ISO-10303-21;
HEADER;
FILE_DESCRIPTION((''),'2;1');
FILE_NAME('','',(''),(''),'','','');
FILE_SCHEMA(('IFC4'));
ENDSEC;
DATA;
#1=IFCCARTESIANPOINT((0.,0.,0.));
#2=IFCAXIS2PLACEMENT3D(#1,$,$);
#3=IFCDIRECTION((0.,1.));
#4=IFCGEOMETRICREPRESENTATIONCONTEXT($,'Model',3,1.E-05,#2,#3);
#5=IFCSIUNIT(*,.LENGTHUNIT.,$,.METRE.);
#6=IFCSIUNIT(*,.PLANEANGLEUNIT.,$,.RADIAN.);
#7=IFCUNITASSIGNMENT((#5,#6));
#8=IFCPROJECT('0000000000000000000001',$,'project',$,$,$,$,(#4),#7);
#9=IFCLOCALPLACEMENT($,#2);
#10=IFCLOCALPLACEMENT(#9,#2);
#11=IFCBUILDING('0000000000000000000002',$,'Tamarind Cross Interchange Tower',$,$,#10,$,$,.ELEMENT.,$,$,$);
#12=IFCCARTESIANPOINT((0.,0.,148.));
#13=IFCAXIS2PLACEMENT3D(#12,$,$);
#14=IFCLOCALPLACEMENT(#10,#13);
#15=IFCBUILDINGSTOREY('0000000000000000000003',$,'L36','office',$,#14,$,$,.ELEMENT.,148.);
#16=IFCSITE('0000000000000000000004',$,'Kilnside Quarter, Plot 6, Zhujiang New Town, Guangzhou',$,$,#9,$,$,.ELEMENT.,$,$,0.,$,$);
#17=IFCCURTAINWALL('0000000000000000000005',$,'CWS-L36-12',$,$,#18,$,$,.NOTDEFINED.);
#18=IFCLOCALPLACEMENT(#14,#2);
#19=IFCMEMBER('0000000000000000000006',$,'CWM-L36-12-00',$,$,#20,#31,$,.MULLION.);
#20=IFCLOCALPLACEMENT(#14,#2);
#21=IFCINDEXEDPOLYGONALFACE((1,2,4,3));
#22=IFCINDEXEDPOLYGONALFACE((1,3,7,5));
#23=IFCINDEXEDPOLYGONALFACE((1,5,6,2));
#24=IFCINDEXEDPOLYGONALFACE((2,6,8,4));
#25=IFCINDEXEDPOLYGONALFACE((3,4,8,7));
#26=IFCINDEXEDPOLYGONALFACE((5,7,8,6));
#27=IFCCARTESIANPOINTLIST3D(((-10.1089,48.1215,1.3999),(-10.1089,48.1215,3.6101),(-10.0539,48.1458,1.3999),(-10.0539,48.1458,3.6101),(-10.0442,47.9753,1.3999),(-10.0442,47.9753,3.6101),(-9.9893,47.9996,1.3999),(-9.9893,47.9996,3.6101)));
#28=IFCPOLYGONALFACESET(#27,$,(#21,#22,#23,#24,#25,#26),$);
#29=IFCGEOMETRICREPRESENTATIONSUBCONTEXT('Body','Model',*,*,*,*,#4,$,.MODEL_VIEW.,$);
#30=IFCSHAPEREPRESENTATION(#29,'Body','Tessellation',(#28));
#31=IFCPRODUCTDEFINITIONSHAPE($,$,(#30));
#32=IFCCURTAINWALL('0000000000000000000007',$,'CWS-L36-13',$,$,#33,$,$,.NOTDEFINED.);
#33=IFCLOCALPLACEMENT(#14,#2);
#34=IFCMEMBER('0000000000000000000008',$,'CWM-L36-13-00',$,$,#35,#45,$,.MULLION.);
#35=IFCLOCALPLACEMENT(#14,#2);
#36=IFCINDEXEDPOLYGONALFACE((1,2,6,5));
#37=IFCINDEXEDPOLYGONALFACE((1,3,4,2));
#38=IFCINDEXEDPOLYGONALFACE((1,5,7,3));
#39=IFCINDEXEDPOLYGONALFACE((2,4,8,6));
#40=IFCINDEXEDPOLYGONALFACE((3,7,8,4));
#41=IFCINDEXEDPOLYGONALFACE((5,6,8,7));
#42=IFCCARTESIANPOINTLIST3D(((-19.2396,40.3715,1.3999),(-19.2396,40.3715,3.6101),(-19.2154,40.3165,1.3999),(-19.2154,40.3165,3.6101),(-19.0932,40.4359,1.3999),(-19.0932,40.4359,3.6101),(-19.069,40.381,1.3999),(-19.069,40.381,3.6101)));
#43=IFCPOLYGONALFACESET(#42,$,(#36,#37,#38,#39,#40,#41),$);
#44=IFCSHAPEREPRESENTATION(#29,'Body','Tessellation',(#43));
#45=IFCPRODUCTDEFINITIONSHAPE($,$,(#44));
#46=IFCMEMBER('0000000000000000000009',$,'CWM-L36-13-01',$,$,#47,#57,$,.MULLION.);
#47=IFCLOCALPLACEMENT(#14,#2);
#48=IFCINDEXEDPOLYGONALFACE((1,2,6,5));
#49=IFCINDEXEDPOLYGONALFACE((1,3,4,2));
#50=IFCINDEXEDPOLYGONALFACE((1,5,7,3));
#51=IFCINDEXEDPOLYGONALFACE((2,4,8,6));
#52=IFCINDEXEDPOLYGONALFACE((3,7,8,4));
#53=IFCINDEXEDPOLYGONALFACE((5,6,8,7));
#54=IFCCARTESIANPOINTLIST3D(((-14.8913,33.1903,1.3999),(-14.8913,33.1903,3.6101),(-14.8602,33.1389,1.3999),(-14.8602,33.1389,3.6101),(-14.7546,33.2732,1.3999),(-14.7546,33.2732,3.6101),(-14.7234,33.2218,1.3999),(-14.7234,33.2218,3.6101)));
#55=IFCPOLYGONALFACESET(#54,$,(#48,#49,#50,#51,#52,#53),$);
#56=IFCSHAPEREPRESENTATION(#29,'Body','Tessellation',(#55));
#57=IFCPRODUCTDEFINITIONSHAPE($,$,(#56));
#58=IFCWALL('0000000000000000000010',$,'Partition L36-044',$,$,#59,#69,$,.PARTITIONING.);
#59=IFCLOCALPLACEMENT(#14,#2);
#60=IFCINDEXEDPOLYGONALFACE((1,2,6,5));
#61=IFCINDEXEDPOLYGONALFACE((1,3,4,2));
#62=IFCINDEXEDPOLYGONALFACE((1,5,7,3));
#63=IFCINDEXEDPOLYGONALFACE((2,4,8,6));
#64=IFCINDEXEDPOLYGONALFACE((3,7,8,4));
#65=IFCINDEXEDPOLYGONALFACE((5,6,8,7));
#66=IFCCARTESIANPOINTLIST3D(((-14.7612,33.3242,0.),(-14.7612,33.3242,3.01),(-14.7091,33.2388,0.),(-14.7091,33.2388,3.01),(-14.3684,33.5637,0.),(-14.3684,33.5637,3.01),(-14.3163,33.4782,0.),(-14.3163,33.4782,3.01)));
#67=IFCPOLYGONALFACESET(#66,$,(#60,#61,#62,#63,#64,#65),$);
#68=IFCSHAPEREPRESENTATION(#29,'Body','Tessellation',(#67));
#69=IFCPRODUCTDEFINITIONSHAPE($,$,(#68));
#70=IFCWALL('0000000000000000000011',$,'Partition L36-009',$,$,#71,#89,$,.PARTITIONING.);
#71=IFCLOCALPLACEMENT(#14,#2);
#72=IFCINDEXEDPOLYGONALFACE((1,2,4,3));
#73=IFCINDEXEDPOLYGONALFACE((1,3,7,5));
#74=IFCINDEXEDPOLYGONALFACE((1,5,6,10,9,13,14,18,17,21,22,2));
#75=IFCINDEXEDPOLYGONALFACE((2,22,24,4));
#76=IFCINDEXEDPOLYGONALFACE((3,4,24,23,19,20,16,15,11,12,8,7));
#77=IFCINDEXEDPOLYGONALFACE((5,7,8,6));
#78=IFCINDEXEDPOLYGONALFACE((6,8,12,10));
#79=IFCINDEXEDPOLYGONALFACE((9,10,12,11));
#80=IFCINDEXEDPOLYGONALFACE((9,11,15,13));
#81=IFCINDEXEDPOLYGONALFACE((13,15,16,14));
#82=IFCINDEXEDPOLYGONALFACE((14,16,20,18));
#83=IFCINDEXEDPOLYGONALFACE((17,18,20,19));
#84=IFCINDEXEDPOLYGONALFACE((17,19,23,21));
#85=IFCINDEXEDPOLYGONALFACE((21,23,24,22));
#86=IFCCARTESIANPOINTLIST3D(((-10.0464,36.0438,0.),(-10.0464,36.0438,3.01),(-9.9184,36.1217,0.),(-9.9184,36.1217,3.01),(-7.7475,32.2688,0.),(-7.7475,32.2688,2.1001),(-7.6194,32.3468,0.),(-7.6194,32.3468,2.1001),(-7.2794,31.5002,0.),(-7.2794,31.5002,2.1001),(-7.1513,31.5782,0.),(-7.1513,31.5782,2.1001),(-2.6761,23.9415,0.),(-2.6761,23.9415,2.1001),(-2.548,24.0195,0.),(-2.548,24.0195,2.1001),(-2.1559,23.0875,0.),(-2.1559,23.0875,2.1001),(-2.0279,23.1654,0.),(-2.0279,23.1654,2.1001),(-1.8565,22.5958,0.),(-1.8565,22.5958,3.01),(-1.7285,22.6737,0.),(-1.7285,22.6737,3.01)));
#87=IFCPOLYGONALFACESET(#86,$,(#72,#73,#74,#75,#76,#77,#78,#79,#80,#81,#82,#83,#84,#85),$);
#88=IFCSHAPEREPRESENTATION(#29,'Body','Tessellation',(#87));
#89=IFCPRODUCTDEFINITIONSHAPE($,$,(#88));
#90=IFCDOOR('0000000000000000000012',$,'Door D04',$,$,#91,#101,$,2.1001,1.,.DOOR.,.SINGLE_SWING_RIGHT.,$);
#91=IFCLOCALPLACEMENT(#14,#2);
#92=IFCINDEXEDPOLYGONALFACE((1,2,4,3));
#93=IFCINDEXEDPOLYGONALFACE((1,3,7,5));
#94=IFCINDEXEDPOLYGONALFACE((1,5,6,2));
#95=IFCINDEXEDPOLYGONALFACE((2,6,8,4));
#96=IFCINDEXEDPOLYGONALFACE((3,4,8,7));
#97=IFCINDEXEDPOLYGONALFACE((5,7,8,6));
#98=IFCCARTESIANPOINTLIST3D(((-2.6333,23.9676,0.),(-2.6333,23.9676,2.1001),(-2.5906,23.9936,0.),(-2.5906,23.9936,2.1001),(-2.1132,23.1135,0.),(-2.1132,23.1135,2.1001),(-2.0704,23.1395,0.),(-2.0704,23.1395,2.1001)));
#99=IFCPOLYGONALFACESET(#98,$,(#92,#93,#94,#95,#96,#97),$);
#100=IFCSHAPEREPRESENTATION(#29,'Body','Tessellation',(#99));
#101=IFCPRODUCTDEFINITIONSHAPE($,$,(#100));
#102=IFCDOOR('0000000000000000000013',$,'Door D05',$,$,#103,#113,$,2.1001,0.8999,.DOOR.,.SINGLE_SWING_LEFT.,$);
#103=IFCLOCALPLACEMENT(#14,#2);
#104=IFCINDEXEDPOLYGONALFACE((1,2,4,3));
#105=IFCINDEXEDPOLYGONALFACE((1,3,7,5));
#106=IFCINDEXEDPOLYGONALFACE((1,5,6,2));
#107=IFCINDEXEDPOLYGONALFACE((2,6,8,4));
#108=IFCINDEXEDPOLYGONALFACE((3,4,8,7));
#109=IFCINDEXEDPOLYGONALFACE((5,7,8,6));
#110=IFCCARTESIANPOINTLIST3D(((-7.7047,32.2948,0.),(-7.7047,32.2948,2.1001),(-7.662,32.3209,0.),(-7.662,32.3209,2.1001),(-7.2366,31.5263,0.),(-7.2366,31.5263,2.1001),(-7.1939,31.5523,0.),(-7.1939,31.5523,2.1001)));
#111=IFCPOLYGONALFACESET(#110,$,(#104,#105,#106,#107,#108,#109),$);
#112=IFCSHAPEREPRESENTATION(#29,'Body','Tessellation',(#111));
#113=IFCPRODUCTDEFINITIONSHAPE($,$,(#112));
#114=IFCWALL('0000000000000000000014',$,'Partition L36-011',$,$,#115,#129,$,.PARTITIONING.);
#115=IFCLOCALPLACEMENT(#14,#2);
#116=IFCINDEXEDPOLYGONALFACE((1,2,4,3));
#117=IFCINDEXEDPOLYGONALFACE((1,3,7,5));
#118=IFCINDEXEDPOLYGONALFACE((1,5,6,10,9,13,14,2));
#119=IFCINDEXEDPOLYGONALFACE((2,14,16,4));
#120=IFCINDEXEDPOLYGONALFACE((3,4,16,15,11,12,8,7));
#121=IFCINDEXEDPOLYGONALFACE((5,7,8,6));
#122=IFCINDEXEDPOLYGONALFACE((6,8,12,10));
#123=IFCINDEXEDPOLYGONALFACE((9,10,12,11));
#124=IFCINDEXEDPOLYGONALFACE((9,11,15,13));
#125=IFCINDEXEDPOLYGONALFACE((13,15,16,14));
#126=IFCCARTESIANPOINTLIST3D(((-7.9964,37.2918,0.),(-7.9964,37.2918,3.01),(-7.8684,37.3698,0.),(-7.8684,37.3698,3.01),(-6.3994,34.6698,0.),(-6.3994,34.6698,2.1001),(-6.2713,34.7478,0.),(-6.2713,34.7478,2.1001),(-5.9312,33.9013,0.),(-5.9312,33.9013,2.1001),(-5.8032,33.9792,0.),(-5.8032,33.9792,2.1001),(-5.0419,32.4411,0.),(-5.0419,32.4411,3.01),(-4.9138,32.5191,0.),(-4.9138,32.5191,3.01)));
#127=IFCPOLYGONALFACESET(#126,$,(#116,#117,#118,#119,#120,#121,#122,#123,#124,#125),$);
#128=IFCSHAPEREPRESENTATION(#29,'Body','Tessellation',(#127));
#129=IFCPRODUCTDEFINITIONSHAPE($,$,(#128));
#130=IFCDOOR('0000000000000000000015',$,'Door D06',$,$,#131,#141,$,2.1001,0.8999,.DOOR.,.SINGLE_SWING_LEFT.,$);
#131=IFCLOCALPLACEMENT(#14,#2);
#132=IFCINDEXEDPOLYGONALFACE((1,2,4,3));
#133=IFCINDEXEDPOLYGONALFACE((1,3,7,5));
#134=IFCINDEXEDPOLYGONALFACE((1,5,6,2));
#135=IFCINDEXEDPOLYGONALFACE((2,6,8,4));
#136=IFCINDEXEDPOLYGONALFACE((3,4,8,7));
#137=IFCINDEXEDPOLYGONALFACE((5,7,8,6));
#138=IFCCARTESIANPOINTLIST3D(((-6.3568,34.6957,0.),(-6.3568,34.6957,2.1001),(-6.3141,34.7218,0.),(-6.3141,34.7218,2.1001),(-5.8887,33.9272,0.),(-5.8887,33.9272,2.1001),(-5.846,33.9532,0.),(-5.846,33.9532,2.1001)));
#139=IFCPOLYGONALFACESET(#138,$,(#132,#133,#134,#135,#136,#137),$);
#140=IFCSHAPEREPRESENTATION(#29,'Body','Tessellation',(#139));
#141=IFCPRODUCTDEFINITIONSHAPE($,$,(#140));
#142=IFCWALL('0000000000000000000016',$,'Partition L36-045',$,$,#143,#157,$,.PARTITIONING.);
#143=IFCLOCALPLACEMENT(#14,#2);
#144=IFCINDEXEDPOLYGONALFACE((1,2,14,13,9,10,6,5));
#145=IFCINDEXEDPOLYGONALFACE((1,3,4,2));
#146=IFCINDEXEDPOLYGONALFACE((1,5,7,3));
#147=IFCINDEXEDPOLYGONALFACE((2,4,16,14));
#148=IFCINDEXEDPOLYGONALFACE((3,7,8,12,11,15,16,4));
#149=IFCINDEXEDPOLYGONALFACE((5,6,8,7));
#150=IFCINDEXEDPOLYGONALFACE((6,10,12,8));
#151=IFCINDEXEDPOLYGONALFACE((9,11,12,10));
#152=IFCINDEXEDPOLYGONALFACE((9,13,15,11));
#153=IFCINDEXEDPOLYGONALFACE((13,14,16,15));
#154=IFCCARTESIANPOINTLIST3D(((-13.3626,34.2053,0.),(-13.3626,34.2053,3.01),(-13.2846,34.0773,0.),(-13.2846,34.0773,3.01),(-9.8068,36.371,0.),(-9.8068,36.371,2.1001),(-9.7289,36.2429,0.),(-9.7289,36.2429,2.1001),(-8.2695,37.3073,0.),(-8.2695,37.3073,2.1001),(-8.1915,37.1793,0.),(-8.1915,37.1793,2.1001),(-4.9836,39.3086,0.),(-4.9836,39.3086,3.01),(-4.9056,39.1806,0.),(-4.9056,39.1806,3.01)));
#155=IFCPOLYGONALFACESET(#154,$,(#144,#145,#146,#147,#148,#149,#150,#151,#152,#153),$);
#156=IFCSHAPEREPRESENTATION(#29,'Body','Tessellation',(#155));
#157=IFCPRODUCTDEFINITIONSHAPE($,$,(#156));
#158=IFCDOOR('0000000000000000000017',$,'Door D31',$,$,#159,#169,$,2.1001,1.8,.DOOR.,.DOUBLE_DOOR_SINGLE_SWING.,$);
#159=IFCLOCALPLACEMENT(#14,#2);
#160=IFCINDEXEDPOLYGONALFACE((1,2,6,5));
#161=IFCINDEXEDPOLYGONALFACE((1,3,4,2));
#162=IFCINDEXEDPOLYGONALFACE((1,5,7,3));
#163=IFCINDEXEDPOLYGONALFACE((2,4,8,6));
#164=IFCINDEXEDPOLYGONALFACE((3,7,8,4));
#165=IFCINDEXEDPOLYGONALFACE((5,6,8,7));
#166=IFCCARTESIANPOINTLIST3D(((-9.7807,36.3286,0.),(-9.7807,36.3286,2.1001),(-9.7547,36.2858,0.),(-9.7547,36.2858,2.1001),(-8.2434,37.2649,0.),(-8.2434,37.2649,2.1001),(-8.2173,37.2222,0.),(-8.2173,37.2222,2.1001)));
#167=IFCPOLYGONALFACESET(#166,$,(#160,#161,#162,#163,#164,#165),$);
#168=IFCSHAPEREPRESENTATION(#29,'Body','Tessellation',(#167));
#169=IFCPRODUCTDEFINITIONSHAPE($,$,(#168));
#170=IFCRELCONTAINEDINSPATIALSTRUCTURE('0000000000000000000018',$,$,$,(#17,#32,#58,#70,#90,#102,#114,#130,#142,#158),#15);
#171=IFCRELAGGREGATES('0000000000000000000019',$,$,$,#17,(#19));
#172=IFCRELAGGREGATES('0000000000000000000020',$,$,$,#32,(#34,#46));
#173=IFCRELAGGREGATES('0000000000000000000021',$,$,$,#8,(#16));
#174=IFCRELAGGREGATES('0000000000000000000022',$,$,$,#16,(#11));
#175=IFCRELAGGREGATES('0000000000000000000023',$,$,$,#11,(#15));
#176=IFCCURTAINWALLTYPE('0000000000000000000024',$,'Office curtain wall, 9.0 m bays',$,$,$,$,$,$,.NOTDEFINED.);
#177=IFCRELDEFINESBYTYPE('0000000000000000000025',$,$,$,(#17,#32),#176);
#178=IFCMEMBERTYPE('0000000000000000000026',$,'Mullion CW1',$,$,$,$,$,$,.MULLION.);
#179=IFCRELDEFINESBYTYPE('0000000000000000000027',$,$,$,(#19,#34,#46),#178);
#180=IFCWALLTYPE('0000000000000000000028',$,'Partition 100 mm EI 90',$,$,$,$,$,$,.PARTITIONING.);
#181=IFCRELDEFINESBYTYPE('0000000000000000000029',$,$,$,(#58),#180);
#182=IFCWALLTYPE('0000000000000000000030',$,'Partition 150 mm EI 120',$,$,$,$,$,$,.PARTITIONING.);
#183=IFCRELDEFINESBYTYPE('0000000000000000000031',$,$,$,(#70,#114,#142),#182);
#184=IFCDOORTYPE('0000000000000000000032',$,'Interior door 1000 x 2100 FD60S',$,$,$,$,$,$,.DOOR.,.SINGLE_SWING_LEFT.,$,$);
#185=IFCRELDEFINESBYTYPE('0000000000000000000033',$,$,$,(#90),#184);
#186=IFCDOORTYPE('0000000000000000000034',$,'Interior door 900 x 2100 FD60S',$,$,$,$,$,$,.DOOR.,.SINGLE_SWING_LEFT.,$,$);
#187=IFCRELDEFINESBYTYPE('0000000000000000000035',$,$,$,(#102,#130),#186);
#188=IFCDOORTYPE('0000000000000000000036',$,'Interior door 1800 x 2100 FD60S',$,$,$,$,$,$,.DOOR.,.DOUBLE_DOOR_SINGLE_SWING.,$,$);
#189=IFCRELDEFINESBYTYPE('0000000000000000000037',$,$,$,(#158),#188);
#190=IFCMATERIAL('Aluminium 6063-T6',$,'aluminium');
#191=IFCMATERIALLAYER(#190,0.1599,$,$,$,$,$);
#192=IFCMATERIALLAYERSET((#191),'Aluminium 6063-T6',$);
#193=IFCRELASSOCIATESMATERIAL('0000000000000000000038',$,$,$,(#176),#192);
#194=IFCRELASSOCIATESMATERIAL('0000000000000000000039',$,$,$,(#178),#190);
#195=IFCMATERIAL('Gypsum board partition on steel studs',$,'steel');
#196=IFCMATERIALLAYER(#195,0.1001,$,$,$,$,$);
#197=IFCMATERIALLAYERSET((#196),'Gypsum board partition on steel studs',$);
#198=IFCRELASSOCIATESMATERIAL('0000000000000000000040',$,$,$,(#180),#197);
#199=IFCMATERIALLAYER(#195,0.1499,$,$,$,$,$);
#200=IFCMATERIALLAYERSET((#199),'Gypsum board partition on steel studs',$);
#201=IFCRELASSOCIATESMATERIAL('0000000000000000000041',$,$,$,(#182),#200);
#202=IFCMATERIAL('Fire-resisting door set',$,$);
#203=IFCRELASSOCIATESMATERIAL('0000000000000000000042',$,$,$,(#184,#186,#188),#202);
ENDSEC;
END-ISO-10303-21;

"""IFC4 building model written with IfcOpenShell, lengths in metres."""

from ifc_helpers import new_model, si_unit, direction, frame, frame_2d, origin, origin_2d, place, context, subcontext, project, spatial, rectangle, extrude, material, layer, layer_set, material_profile, profile_set, type_object, element, fill, aggregate, save


model = new_model("IFC4")

# Units and contexts
model_context = context("Model", 3, precision=1e-05, world=origin(), true_north=direction((0.0, 1.0)))
body_context = subcontext(model_context, "Body", "Model", "MODEL_VIEW")
ifc_project = project(units=[si_unit("LENGTHUNIT", "METRE"), si_unit("PLANEANGLEUNIT", "RADIAN")], contexts=[model_context])

# Site, building, storey
site_placement = place(None, origin())
site = spatial("IfcSite", under=ifc_project, at=site_placement, Name="Kilnside Quarter, Plot 6, Zhujiang New Town, Guangzhou", CompositionType="ELEMENT", RefElevation=0.0)
building_placement = place(site_placement, origin())
building = spatial("IfcBuilding", under=site, at=building_placement, Name="Tamarind Cross Interchange Tower", CompositionType="ELEMENT")
storey_placement = place(building_placement, frame((0.0, 0.0, 148.0)))
storey = spatial("IfcBuildingStorey", under=building, at=storey_placement, Name="L36", Description="office", CompositionType="ELEMENT", Elevation=148.0)

# Curtain wall, member
ifc_material_1 = material(Name="Aluminium 6063-T6", Category="aluminium")
ifc_layer_1 = layer(ifc_material_1, 0.1599)
ifc_layer_set_1 = layer_set([ifc_layer_1], Name="Aluminium 6063-T6")
curtain_wall_type = type_object("IfcCurtainWallType", Name="Office curtain wall, 9.0 m bays", PredefinedType="NOTDEFINED", material=ifc_layer_set_1)
ifc_material_profile_1 = material_profile(ifc_material_1, rectangle(XDim=0.0601, YDim=0.1599, at=origin_2d()), Name="Mullion CW1")
ifc_profile_set_1 = profile_set([ifc_material_profile_1], Name="Aluminium 6063-T6")
member_type = type_object("IfcMemberType", Name="Mullion CW1", PredefinedType="MULLION", material=ifc_profile_set_1)
curtain_wall_1_placement = place(storey_placement, origin())
curtain_wall_1 = element("IfcCurtainWall", 1, at=curtain_wall_1_placement, inside=storey, type_object=curtain_wall_type, Name="CWS-L36-12", PredefinedType="NOTDEFINED")
member_1_placement = place(storey_placement, frame((-10.0491, 48.0605, 1.3999), z_axis=(0.0, 0.0, 1.0), x_axis=(-0.914649, -0.404248, 0.0)))
member_1 = element("IfcMember", 2, at=member_1_placement, type_object=member_type, Name="CWM-L36-12-00", PredefinedType="MULLION", context=body_context, shape_type="SweptSolid", body=[
    extrude(rectangle(XDim=0.0601, YDim=0.1599, at=origin_2d()), origin(), (0.0, 0.0, 1.0), 2.2102),
])
aggregate(curtain_wall_1, [member_1])

# Curtain wall, members
curtain_wall_2_placement = place(storey_placement, origin())
curtain_wall_2 = element("IfcCurtainWall", 3, at=curtain_wall_2_placement, inside=storey, type_object=curtain_wall_type, Name="CWS-L36-13", PredefinedType="NOTDEFINED")
member_2_placement = place(storey_placement, frame((-19.1543, 40.3762, 1.3999), z_axis=(0.0, 0.0, 1.0), x_axis=(0.403311, -0.915063, 0.0)))
member_2 = element("IfcMember", 4, at=member_2_placement, type_object=member_type, Name="CWM-L36-13-00", PredefinedType="MULLION", context=body_context, shape_type="SweptSolid", body=[
    extrude(rectangle(XDim=0.0601, YDim=0.1599, at=origin_2d()), origin(), (0.0, 0.0, 1.0), 2.2102),
])
member_3_placement = place(storey_placement, frame((-14.8074, 33.2061, 1.3999), z_axis=(0.0, 0.0, 1.0), x_axis=(0.518425, -0.855123, 0.0)))
member_3 = element("IfcMember", 5, at=member_3_placement, type_object=member_type, Name="CWM-L36-13-01", PredefinedType="MULLION", context=body_context, shape_type="SweptSolid", body=[
    extrude(rectangle(XDim=0.0601, YDim=0.1599, at=origin_2d()), origin(), (0.0, 0.0, 1.0), 2.2102),
])
aggregate(curtain_wall_2, [member_2, member_3])

# Wall
ifc_material_2 = material(Name="Gypsum board partition on steel studs", Category="steel")
ifc_layer_2 = layer(ifc_material_2, 0.1001)
ifc_layer_set_2 = layer_set([ifc_layer_2], Name="Gypsum board partition on steel studs")
wall_type_1 = type_object("IfcWallType", Name="Partition 100 mm EI 90", PredefinedType="PARTITIONING", material=ifc_layer_set_2)
wall_1_placement = place(storey_placement, frame((-14.7351, 33.2815, 0.0), z_axis=(0.0, 0.0, 1.0), x_axis=(0.853819, 0.52057, 0.0)))
element("IfcWall", 6, at=wall_1_placement, inside=storey, type_object=wall_type_1, Name="Partition L36-044", PredefinedType="PARTITIONING", context=body_context, shape_type="SweptSolid", body=[
    extrude(rectangle(XDim=0.46, YDim=0.1001, at=frame_2d((0.23, 0.0))), origin(), (0.0, 0.0, 1.0), 3.01),
])

# Wall, openings, doors
ifc_layer_3 = layer(ifc_material_2, 0.1499)
ifc_layer_set_3 = layer_set([ifc_layer_3], Name="Gypsum board partition on steel studs")
wall_type_2 = type_object("IfcWallType", Name="Partition 150 mm EI 120", PredefinedType="PARTITIONING", material=ifc_layer_set_3)
wall_2_placement = place(storey_placement, frame((-9.9824, 36.0828, 0.0), z_axis=(0.0, 0.0, 1.0), x_axis=(0.520142, -0.85408, 0.0)))
wall_2 = element("IfcWall", 7, at=wall_2_placement, inside=storey, type_object=wall_type_2, Name="Partition L36-009", PredefinedType="PARTITIONING", context=body_context, shape_type="SweptSolid", body=[
    extrude(rectangle(XDim=15.7456, YDim=0.1499, at=frame_2d((7.8728, 0.0))), origin(), (0.0, 0.0, 1.0), 3.01),
])
opening_1_placement = place(wall_2_placement, frame((14.1699, 0.0, 0.0)))
opening_1 = element("IfcOpeningElement", 8, at=opening_1_placement, cuts=wall_2, PredefinedType="OPENING", context=body_context, shape_type="SweptSolid", body=[
    extrude(rectangle(XDim=1.0, YDim=2.1001, at=frame_2d((0.5, 1.05))), frame((0.0, 0.085, 0.0), z_axis=(0.0, -1.0, 0.0), x_axis=(1.0, 0.0, 0.0)), (0.0, 0.0, 1.0), 0.1699),
])
opening_2_placement = place(wall_2_placement, frame((4.4199, 0.0, 0.0)))
opening_2 = element("IfcOpeningElement", 9, at=opening_2_placement, cuts=wall_2, PredefinedType="OPENING", context=body_context, shape_type="SweptSolid", body=[
    extrude(rectangle(XDim=0.8999, YDim=2.1001, at=frame_2d((0.45, 1.05))), frame((0.0, 0.085, 0.0), z_axis=(0.0, -1.0, 0.0), x_axis=(1.0, 0.0, 0.0)), (0.0, 0.0, 1.0), 0.1699),
])
ifc_material_3 = material(Name="Fire-resisting door set")
door_type_1 = type_object("IfcDoorType", Name="Interior door 1000 x 2100 FD60S", OperationType="SINGLE_SWING_LEFT", PredefinedType="DOOR", material=ifc_material_3)
door_1_placement = place(opening_1_placement, frame((1.0, 0.0, 0.0), z_axis=(0.0, 0.0, 1.0), x_axis=(-1.0, 0.0, 0.0)))
door_1 = element("IfcDoor", 10, at=door_1_placement, inside=storey, type_object=door_type_1, Name="Door D04", OperationType="SINGLE_SWING_RIGHT", OverallHeight=2.1001, OverallWidth=1.0, PredefinedType="DOOR", context=body_context, shape_type="SweptSolid", body=[
    extrude(rectangle(XDim=1.0, YDim=2.1001, at=frame_2d((0.5, 1.05))), frame((0.0, 0.0249, 0.0), z_axis=(0.0, -1.0, 0.0), x_axis=(1.0, 0.0, 0.0)), (0.0, 0.0, 1.0), 0.05),
])
fill(opening_1, door_1)
door_type_2 = type_object("IfcDoorType", Name="Interior door 900 x 2100 FD60S", OperationType="SINGLE_SWING_LEFT", PredefinedType="DOOR", material=ifc_material_3)
door_2_placement = place(opening_2_placement, frame((0.8999, 0.0, 0.0), z_axis=(0.0, 0.0, 1.0), x_axis=(-1.0, 0.0, 0.0)))
door_2 = element("IfcDoor", 11, at=door_2_placement, inside=storey, type_object=door_type_2, Name="Door D05", OperationType="SINGLE_SWING_LEFT", OverallHeight=2.1001, OverallWidth=0.8999, PredefinedType="DOOR", context=body_context, shape_type="SweptSolid", body=[
    extrude(rectangle(XDim=0.8999, YDim=2.1001, at=frame_2d((0.45, 1.05))), frame((0.0, 0.0249, 0.0), z_axis=(0.0, -1.0, 0.0), x_axis=(1.0, 0.0, 0.0)), (0.0, 0.0, 1.0), 0.05),
])
fill(opening_2, door_2)

# Walls, openings, doors
wall_3_placement = place(storey_placement, frame((-7.9324, 37.3308, 0.0), z_axis=(0.0, 0.0, 1.0), x_axis=(0.520192, -0.854049, 0.0)))
wall_3 = element("IfcWall", 12, at=wall_3_placement, inside=storey, type_object=wall_type_2, Name="Partition L36-011", PredefinedType="PARTITIONING", context=body_context, shape_type="SweptSolid", body=[
    extrude(rectangle(XDim=5.6797, YDim=0.1499, at=frame_2d((2.8398, 0.0))), origin(), (0.0, 0.0, 1.0), 3.01),
])
opening_3_placement = place(wall_3_placement, frame((3.0701, 0.0, 0.0)))
opening_3 = element("IfcOpeningElement", 13, at=opening_3_placement, cuts=wall_3, PredefinedType="OPENING", context=body_context, shape_type="SweptSolid", body=[
    extrude(rectangle(XDim=0.8999, YDim=2.1001, at=frame_2d((0.45, 1.05))), frame((0.0, 0.085, 0.0), z_axis=(0.0, -1.0, 0.0), x_axis=(1.0, 0.0, 0.0)), (0.0, 0.0, 1.0), 0.1699),
])
door_3_placement = place(opening_3_placement, origin())
door_3 = element("IfcDoor", 14, at=door_3_placement, inside=storey, type_object=door_type_2, Name="Door D06", OperationType="SINGLE_SWING_LEFT", OverallHeight=2.1001, OverallWidth=0.8999, PredefinedType="DOOR", context=body_context, shape_type="SweptSolid", body=[
    extrude(rectangle(XDim=0.8999, YDim=2.1001, at=frame_2d((0.45, 1.05))), frame((0.0, 0.0249, 0.0), z_axis=(0.0, -1.0, 0.0), x_axis=(1.0, 0.0, 0.0)), (0.0, 0.0, 1.0), 0.05),
])
fill(opening_3, door_3)
wall_4_placement = place(storey_placement, frame((-13.3235, 34.1414, 0.0), z_axis=(0.0, 0.0, 1.0), x_axis=(0.85406, 0.520175, 0.0)))
wall_4 = element("IfcWall", 15, at=wall_4_placement, inside=storey, type_object=wall_type_2, Name="Partition L36-045", PredefinedType="PARTITIONING", context=body_context, shape_type="SweptSolid", body=[
    extrude(rectangle(XDim=9.8108, YDim=0.1499, at=frame_2d((4.9053, 0.0))), origin(), (0.0, 0.0, 1.0), 3.01),
])
opening_4_placement = place(wall_4_placement, frame((4.1633, 0.0, 0.0)))
opening_4 = element("IfcOpeningElement", 16, at=opening_4_placement, cuts=wall_4, PredefinedType="OPENING", context=body_context, shape_type="SweptSolid", body=[
    extrude(rectangle(XDim=1.8, YDim=2.1001, at=frame_2d((0.8999, 1.05))), frame((0.0, 0.085, 0.0), z_axis=(0.0, -1.0, 0.0), x_axis=(1.0, 0.0, 0.0)), (0.0, 0.0, 1.0), 0.1699),
])
door_type_3 = type_object("IfcDoorType", Name="Interior door 1800 x 2100 FD60S", OperationType="DOUBLE_DOOR_SINGLE_SWING", PredefinedType="DOOR", material=ifc_material_3)
door_4_placement = place(opening_4_placement, frame((1.8, 0.0, 0.0), z_axis=(0.0, 0.0, 1.0), x_axis=(-1.0, 0.0, 0.0)))
door_4 = element("IfcDoor", 17, at=door_4_placement, inside=storey, type_object=door_type_3, Name="Door D31", OperationType="DOUBLE_DOOR_SINGLE_SWING", OverallHeight=2.1001, OverallWidth=1.8, PredefinedType="DOOR", context=body_context, shape_type="SweptSolid", body=[
    extrude(rectangle(XDim=1.8, YDim=2.1001, at=frame_2d((0.8999, 1.05))), frame((0.0, 0.0249, 0.0), z_axis=(0.0, -1.0, 0.0), x_axis=(1.0, 0.0, 0.0)), (0.0, 0.0, 1.0), 0.05),
])
fill(opening_4, door_4)

save(model, "model.ifc")
